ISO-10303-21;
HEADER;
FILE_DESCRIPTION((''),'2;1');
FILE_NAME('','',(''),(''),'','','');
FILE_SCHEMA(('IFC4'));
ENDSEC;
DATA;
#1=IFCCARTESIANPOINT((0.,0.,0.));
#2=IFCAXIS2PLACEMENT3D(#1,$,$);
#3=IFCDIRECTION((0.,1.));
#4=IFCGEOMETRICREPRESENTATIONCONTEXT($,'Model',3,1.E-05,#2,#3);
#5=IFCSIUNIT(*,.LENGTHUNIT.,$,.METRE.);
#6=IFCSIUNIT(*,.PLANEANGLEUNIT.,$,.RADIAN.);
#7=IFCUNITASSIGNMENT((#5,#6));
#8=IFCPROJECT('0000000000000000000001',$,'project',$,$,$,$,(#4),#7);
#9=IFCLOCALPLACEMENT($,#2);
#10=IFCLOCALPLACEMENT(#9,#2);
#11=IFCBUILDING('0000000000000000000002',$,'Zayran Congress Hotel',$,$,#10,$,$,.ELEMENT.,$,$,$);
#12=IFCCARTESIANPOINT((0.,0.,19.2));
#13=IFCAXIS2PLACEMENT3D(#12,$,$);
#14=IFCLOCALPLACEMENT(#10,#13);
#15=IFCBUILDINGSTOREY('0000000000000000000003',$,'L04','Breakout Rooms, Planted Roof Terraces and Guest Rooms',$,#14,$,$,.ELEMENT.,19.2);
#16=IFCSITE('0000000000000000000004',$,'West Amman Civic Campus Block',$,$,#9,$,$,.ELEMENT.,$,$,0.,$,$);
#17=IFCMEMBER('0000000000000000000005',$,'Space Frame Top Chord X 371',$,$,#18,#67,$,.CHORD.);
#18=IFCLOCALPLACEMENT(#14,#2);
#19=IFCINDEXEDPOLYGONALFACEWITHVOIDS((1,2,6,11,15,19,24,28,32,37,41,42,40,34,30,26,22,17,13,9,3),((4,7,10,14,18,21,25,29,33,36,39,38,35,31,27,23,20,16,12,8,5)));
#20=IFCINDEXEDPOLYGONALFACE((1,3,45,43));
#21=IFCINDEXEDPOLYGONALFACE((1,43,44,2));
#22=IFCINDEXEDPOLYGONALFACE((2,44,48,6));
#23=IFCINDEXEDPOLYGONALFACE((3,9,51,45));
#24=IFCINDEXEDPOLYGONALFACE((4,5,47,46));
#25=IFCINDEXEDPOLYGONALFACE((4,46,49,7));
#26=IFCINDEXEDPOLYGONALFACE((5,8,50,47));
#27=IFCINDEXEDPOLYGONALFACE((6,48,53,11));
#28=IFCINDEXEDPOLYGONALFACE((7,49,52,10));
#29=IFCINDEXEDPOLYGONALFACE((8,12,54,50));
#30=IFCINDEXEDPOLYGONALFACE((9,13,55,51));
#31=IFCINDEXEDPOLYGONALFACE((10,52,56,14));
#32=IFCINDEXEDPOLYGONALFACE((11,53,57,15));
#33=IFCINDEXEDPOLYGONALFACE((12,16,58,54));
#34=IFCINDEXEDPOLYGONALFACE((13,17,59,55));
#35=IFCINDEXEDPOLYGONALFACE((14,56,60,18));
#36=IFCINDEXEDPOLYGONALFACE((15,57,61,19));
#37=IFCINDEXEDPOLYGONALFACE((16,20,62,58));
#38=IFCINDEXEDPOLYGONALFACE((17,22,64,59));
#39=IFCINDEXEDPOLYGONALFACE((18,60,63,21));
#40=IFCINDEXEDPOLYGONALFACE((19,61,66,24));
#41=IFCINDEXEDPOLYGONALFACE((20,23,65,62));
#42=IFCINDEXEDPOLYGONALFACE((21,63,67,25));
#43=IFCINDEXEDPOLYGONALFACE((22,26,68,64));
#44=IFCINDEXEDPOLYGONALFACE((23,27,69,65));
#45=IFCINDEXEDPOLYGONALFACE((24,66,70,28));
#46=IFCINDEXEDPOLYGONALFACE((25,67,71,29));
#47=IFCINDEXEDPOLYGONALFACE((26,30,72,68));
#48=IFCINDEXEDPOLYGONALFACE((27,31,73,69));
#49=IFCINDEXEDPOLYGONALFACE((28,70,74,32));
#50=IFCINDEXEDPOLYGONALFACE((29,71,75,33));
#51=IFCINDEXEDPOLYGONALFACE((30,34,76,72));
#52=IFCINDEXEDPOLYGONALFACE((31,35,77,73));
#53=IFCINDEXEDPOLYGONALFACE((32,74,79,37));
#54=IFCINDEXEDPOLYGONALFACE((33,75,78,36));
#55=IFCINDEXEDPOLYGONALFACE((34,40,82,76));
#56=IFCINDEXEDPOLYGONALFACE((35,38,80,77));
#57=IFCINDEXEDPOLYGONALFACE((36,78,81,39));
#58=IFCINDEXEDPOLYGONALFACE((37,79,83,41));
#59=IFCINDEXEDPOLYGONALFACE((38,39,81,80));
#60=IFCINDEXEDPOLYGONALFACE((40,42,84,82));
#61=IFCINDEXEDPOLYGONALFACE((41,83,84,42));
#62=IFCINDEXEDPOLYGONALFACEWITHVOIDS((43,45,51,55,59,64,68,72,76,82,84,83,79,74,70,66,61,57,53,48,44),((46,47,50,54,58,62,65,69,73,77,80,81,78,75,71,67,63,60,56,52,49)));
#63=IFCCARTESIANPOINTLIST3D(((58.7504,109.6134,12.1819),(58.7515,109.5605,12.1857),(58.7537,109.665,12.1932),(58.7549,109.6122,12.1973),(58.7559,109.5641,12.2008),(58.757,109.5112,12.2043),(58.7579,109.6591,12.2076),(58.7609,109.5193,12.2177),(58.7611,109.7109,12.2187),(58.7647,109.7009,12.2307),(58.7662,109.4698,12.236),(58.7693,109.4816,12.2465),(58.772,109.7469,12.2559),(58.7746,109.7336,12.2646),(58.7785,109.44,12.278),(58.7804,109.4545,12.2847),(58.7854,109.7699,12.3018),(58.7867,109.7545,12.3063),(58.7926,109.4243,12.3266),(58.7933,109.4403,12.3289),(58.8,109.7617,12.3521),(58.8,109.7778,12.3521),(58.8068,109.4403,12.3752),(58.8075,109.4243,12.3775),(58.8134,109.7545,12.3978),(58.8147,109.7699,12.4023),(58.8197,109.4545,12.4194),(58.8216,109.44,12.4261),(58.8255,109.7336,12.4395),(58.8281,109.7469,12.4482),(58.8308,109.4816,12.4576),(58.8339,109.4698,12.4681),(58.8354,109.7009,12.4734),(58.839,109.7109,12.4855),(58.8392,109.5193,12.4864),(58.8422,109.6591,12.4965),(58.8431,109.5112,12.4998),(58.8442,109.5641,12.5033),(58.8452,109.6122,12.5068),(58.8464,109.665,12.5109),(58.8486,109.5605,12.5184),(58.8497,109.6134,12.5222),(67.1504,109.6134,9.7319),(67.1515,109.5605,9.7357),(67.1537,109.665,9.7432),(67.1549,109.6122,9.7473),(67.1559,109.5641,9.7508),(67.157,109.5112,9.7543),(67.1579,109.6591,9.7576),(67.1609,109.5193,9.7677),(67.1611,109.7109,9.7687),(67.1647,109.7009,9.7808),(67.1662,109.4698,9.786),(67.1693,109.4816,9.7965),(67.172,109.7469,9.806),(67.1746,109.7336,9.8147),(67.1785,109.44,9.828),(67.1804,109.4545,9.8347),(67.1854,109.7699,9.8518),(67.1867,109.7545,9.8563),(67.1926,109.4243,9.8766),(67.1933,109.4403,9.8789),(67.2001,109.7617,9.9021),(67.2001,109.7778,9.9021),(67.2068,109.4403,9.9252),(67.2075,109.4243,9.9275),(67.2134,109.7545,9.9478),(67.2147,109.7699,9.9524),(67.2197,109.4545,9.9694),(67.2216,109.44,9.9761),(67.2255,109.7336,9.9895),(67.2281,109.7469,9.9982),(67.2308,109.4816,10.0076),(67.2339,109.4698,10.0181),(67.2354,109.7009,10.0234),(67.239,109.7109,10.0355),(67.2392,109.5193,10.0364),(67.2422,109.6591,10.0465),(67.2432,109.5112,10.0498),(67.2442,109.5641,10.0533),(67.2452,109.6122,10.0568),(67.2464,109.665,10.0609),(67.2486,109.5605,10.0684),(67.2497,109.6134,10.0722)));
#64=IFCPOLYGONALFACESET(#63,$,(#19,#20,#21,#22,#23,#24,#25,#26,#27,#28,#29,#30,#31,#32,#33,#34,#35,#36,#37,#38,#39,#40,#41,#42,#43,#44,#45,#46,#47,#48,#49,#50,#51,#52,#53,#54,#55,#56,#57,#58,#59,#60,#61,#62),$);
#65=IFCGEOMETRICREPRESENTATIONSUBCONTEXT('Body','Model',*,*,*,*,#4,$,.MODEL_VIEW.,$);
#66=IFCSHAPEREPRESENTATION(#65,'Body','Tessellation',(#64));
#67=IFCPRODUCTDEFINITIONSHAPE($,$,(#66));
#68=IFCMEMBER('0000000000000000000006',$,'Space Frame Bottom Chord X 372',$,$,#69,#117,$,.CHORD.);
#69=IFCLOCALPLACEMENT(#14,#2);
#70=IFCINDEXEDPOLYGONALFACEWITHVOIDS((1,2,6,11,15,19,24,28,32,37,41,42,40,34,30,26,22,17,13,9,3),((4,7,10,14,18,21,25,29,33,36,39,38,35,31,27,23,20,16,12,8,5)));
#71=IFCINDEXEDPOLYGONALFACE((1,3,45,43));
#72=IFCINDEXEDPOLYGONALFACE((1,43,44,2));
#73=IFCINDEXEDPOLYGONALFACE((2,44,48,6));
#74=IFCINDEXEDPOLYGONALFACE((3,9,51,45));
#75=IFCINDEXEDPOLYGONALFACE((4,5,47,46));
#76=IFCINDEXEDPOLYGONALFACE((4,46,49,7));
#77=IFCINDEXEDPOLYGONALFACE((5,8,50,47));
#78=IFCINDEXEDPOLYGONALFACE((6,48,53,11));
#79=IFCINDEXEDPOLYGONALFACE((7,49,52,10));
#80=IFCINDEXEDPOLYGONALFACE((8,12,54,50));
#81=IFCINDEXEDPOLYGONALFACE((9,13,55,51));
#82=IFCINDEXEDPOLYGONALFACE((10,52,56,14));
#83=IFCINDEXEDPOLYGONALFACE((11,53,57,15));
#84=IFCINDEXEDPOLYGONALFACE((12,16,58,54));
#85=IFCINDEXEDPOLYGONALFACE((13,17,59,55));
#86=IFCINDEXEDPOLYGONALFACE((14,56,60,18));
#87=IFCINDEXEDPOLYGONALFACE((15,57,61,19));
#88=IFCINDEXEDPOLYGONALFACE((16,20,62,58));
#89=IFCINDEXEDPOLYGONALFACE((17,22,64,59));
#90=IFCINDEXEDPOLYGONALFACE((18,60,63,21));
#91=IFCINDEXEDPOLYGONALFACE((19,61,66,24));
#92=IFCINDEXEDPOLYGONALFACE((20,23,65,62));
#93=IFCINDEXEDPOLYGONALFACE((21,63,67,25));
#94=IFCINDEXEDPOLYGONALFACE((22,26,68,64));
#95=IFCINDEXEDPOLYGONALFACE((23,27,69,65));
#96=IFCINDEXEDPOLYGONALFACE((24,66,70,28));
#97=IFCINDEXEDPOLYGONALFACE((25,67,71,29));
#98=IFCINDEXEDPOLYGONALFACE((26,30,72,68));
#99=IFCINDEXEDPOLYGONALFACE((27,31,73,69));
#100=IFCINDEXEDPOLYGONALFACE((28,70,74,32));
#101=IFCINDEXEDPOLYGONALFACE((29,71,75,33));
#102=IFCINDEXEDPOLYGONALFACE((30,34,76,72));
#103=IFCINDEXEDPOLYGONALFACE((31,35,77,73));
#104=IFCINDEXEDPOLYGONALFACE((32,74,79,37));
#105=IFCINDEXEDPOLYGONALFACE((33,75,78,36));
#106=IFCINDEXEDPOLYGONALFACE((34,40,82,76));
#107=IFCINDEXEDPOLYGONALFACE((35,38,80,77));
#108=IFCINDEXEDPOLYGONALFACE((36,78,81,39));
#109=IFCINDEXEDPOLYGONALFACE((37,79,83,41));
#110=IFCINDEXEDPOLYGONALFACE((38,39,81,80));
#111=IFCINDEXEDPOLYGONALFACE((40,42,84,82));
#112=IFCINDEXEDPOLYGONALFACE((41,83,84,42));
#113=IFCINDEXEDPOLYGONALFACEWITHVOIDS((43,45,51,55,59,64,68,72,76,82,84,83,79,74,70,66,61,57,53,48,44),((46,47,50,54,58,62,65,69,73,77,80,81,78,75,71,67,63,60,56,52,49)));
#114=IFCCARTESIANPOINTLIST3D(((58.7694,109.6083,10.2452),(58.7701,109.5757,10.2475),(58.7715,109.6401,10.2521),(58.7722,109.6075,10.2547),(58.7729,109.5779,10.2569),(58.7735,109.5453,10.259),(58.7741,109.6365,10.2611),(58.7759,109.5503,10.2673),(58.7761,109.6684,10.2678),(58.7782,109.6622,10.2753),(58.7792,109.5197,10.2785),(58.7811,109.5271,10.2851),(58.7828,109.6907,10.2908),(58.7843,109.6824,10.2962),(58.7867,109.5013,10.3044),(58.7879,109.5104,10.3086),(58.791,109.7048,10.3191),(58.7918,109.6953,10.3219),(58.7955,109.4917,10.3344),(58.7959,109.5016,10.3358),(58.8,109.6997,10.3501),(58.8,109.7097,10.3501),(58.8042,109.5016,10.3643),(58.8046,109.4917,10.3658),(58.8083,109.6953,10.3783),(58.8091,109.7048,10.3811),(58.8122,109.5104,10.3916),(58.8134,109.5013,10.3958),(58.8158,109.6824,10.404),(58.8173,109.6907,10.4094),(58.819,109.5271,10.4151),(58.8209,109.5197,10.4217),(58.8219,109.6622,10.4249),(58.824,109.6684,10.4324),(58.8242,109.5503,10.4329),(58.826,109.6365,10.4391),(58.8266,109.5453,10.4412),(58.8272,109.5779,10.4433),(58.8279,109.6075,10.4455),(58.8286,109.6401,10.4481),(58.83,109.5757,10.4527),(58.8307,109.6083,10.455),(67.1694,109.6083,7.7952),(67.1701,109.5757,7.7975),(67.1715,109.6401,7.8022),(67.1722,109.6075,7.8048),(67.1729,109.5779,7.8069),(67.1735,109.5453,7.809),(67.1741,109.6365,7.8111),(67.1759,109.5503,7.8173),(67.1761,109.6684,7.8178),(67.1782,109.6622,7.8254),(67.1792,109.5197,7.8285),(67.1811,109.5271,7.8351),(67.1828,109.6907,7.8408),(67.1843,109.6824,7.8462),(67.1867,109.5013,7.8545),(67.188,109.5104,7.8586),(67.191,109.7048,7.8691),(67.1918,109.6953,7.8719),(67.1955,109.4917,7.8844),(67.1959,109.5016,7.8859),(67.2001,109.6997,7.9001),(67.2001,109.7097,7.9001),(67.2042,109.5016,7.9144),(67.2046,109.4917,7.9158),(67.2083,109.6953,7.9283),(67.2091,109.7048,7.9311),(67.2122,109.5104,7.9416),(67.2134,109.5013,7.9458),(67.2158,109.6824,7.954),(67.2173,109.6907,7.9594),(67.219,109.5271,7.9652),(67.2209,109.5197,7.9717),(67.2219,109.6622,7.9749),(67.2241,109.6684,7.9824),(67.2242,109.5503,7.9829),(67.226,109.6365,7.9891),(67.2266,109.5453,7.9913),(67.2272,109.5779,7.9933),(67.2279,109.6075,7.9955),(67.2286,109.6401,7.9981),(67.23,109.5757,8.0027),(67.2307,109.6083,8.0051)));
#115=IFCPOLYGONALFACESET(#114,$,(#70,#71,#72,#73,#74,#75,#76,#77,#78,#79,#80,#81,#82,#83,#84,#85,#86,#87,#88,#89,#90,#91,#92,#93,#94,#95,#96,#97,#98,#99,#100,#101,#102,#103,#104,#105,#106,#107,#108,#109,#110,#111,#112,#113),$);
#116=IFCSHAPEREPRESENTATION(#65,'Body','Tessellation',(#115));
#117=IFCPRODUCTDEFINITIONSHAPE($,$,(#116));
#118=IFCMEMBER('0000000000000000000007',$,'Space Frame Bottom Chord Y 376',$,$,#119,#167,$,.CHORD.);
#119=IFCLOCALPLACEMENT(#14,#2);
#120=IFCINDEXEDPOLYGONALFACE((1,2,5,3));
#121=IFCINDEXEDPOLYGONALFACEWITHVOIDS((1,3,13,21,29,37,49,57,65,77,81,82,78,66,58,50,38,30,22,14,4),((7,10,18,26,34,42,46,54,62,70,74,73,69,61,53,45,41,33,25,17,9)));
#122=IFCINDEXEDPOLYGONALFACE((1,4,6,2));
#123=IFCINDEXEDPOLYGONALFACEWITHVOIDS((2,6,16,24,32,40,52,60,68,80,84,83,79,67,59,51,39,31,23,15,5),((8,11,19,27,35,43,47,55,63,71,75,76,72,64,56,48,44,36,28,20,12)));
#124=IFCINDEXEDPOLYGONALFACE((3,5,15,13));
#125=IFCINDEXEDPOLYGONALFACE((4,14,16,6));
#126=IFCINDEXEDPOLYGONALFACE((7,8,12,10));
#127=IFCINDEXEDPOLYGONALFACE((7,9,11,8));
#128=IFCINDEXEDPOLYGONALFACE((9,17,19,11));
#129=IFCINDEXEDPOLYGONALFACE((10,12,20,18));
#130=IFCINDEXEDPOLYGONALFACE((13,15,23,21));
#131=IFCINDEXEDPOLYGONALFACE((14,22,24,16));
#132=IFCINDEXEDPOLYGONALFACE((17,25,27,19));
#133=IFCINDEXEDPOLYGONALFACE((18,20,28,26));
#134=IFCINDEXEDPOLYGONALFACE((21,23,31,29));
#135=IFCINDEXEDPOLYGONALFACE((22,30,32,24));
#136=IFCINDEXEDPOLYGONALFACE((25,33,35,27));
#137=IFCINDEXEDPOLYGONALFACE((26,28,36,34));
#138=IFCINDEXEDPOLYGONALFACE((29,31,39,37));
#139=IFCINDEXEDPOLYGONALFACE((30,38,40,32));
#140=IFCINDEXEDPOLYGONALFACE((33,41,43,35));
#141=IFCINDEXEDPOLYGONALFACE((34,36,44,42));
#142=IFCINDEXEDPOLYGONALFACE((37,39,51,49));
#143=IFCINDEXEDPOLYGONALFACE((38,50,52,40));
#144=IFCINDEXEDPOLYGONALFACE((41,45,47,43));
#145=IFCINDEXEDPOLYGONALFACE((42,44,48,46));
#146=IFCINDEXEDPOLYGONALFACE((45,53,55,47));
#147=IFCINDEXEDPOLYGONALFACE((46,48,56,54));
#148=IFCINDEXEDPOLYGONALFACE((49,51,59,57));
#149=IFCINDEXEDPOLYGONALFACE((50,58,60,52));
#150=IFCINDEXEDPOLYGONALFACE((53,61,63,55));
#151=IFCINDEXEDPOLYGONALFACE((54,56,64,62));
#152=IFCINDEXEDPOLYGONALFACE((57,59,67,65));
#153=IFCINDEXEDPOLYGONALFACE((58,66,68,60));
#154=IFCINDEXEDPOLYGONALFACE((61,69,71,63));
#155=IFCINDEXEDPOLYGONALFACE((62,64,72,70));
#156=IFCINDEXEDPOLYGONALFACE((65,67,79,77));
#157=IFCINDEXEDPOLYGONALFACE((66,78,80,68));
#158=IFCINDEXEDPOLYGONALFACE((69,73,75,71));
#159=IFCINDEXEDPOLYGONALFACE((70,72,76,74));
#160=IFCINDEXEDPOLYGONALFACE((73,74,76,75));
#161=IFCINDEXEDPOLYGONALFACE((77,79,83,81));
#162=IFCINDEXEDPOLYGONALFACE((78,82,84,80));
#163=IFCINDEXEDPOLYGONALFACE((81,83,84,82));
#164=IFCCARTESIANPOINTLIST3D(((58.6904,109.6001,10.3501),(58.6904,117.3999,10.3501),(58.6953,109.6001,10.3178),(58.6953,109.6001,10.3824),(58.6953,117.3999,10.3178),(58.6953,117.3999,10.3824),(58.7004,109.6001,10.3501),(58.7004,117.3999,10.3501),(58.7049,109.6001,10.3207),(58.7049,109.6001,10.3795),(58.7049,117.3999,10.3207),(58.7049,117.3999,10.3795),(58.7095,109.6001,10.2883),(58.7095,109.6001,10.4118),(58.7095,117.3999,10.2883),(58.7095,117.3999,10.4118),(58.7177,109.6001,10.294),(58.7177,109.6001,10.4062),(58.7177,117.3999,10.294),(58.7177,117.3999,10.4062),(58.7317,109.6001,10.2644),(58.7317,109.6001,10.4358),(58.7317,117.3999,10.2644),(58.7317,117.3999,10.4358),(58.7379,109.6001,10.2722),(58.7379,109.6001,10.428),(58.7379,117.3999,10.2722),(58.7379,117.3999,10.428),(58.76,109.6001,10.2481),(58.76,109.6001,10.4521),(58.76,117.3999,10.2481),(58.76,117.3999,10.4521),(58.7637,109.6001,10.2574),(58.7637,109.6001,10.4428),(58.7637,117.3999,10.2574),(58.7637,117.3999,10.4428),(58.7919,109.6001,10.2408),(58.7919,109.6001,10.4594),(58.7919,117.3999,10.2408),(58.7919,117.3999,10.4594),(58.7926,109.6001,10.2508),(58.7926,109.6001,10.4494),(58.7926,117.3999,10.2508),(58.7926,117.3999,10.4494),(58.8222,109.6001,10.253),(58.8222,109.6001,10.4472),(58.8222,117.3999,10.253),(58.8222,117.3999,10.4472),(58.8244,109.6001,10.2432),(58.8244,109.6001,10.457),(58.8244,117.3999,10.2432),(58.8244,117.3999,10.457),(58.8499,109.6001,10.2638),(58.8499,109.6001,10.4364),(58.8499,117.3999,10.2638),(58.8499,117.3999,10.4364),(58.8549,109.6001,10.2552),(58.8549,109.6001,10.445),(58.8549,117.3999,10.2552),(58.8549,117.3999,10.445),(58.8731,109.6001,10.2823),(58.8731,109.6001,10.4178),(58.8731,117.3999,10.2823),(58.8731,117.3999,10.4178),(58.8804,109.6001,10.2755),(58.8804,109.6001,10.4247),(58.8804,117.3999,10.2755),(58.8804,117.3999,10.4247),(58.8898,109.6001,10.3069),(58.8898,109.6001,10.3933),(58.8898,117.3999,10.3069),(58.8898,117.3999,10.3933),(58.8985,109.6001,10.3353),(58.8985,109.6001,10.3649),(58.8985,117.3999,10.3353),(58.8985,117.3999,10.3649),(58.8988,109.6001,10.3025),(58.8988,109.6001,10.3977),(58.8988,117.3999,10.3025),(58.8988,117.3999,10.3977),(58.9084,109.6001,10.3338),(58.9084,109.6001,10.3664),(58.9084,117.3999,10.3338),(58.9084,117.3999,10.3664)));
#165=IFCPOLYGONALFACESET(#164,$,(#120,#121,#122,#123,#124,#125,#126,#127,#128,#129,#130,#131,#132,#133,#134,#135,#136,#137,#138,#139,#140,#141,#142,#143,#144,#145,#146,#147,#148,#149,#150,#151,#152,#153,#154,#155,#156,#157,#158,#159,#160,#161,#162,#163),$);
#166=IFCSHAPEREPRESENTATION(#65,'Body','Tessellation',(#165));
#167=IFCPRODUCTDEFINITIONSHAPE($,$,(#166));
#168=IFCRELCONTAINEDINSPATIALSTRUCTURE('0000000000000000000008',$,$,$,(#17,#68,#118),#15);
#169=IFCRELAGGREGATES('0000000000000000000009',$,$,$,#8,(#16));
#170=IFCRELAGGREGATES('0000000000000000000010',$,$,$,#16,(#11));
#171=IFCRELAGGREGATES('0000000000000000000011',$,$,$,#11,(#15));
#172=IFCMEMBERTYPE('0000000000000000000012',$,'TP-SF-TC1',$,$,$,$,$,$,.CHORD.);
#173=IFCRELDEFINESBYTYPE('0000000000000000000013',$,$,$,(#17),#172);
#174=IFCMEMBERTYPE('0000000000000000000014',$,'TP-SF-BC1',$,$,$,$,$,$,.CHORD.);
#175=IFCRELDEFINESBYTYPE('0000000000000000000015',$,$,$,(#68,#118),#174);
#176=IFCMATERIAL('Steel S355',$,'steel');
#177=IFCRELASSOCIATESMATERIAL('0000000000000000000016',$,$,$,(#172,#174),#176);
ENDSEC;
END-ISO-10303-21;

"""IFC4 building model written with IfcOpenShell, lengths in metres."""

from ifc_helpers import new_model, si_unit, direction, frame, origin, origin_2d, place, context, subcontext, project, spatial, hollow_circle, extrude, material, material_profile, profile_set, type_object, element, save


model = new_model("IFC4")

# Units and contexts
model_context = context("Model", 3, precision=1e-05, world=origin(), true_north=direction((0.0, 1.0)))
body_context = subcontext(model_context, "Body", "Model", "MODEL_VIEW")
ifc_project = project(units=[si_unit("LENGTHUNIT", "METRE"), si_unit("PLANEANGLEUNIT", "RADIAN")], contexts=[model_context])

# Site, building, storey
site_placement = place(None, origin())
site = spatial("IfcSite", under=ifc_project, at=site_placement, Name="West Amman Civic Campus Block", CompositionType="ELEMENT", RefElevation=0.0)
building_placement = place(site_placement, origin())
building = spatial("IfcBuilding", under=site, at=building_placement, Name="Zayran Congress Hotel", CompositionType="ELEMENT")
storey_placement = place(building_placement, frame((0.0, 0.0, 19.2)))
storey = spatial("IfcBuildingStorey", under=building, at=storey_placement, Name="L04", Description="Breakout Rooms, Planted Roof Terraces and Guest Rooms", CompositionType="ELEMENT", Elevation=19.2)

# Members
ifc_material_1 = material(Name="Steel S355", Category="steel")
ifc_material_profile_1 = material_profile(ifc_material_1, hollow_circle(Radius=0.1777, WallThickness=0.0161, at=origin_2d()), Name="CHS 355.6x16")
ifc_profile_set_1 = profile_set([ifc_material_profile_1], Name="Steel S355")
member_type_1 = type_object("IfcMemberType", Name="TP-SF-TC1", PredefinedType="CHORD", material=ifc_profile_set_1)
member_1_placement = place(storey_placement, frame((58.8, 109.6001, 12.3521), z_axis=(0.960001, 0.0, -0.279998), x_axis=(0.0, 1.0, 0.0)))
element("IfcMember", 1, at=member_1_placement, inside=storey, type_object=member_type_1, Name="Space Frame Top Chord X 371", PredefinedType="CHORD", context=body_context, shape_type="SweptSolid", body=[
    extrude(hollow_circle(Radius=0.1777, WallThickness=0.0161, at=origin_2d()), origin(), (0.0, 0.0, 1.0), 8.75),
])
ifc_material_profile_2 = material_profile(ifc_material_1, hollow_circle(Radius=0.1096, WallThickness=0.01, at=origin_2d()), Name="CHS 219.1x10")
ifc_profile_set_2 = profile_set([ifc_material_profile_2], Name="Steel S355")
member_type_2 = type_object("IfcMemberType", Name="TP-SF-BC1", PredefinedType="CHORD", material=ifc_profile_set_2)
member_2_placement = place(storey_placement, frame((58.8, 109.6001, 10.3501), z_axis=(0.960001, 0.0, -0.279998), x_axis=(0.0, 1.0, 0.0)))
element("IfcMember", 2, at=member_2_placement, inside=storey, type_object=member_type_2, Name="Space Frame Bottom Chord X 372", PredefinedType="CHORD", context=body_context, shape_type="SweptSolid", body=[
    extrude(hollow_circle(Radius=0.1096, WallThickness=0.01, at=origin_2d()), origin(), (0.0, 0.0, 1.0), 8.75),
])
member_3_placement = place(storey_placement, frame((58.8, 109.6001, 10.3501), z_axis=(0.0, 1.0, 0.0), x_axis=(-1.0, 0.0, 0.0)))
element("IfcMember", 3, at=member_3_placement, inside=storey, type_object=member_type_2, Name="Space Frame Bottom Chord Y 376", PredefinedType="CHORD", context=body_context, shape_type="SweptSolid", body=[
    extrude(hollow_circle(Radius=0.1096, WallThickness=0.01, at=origin_2d()), origin(), (0.0, 0.0, 1.0), 7.7998),
])

save(model, "model.ifc")
